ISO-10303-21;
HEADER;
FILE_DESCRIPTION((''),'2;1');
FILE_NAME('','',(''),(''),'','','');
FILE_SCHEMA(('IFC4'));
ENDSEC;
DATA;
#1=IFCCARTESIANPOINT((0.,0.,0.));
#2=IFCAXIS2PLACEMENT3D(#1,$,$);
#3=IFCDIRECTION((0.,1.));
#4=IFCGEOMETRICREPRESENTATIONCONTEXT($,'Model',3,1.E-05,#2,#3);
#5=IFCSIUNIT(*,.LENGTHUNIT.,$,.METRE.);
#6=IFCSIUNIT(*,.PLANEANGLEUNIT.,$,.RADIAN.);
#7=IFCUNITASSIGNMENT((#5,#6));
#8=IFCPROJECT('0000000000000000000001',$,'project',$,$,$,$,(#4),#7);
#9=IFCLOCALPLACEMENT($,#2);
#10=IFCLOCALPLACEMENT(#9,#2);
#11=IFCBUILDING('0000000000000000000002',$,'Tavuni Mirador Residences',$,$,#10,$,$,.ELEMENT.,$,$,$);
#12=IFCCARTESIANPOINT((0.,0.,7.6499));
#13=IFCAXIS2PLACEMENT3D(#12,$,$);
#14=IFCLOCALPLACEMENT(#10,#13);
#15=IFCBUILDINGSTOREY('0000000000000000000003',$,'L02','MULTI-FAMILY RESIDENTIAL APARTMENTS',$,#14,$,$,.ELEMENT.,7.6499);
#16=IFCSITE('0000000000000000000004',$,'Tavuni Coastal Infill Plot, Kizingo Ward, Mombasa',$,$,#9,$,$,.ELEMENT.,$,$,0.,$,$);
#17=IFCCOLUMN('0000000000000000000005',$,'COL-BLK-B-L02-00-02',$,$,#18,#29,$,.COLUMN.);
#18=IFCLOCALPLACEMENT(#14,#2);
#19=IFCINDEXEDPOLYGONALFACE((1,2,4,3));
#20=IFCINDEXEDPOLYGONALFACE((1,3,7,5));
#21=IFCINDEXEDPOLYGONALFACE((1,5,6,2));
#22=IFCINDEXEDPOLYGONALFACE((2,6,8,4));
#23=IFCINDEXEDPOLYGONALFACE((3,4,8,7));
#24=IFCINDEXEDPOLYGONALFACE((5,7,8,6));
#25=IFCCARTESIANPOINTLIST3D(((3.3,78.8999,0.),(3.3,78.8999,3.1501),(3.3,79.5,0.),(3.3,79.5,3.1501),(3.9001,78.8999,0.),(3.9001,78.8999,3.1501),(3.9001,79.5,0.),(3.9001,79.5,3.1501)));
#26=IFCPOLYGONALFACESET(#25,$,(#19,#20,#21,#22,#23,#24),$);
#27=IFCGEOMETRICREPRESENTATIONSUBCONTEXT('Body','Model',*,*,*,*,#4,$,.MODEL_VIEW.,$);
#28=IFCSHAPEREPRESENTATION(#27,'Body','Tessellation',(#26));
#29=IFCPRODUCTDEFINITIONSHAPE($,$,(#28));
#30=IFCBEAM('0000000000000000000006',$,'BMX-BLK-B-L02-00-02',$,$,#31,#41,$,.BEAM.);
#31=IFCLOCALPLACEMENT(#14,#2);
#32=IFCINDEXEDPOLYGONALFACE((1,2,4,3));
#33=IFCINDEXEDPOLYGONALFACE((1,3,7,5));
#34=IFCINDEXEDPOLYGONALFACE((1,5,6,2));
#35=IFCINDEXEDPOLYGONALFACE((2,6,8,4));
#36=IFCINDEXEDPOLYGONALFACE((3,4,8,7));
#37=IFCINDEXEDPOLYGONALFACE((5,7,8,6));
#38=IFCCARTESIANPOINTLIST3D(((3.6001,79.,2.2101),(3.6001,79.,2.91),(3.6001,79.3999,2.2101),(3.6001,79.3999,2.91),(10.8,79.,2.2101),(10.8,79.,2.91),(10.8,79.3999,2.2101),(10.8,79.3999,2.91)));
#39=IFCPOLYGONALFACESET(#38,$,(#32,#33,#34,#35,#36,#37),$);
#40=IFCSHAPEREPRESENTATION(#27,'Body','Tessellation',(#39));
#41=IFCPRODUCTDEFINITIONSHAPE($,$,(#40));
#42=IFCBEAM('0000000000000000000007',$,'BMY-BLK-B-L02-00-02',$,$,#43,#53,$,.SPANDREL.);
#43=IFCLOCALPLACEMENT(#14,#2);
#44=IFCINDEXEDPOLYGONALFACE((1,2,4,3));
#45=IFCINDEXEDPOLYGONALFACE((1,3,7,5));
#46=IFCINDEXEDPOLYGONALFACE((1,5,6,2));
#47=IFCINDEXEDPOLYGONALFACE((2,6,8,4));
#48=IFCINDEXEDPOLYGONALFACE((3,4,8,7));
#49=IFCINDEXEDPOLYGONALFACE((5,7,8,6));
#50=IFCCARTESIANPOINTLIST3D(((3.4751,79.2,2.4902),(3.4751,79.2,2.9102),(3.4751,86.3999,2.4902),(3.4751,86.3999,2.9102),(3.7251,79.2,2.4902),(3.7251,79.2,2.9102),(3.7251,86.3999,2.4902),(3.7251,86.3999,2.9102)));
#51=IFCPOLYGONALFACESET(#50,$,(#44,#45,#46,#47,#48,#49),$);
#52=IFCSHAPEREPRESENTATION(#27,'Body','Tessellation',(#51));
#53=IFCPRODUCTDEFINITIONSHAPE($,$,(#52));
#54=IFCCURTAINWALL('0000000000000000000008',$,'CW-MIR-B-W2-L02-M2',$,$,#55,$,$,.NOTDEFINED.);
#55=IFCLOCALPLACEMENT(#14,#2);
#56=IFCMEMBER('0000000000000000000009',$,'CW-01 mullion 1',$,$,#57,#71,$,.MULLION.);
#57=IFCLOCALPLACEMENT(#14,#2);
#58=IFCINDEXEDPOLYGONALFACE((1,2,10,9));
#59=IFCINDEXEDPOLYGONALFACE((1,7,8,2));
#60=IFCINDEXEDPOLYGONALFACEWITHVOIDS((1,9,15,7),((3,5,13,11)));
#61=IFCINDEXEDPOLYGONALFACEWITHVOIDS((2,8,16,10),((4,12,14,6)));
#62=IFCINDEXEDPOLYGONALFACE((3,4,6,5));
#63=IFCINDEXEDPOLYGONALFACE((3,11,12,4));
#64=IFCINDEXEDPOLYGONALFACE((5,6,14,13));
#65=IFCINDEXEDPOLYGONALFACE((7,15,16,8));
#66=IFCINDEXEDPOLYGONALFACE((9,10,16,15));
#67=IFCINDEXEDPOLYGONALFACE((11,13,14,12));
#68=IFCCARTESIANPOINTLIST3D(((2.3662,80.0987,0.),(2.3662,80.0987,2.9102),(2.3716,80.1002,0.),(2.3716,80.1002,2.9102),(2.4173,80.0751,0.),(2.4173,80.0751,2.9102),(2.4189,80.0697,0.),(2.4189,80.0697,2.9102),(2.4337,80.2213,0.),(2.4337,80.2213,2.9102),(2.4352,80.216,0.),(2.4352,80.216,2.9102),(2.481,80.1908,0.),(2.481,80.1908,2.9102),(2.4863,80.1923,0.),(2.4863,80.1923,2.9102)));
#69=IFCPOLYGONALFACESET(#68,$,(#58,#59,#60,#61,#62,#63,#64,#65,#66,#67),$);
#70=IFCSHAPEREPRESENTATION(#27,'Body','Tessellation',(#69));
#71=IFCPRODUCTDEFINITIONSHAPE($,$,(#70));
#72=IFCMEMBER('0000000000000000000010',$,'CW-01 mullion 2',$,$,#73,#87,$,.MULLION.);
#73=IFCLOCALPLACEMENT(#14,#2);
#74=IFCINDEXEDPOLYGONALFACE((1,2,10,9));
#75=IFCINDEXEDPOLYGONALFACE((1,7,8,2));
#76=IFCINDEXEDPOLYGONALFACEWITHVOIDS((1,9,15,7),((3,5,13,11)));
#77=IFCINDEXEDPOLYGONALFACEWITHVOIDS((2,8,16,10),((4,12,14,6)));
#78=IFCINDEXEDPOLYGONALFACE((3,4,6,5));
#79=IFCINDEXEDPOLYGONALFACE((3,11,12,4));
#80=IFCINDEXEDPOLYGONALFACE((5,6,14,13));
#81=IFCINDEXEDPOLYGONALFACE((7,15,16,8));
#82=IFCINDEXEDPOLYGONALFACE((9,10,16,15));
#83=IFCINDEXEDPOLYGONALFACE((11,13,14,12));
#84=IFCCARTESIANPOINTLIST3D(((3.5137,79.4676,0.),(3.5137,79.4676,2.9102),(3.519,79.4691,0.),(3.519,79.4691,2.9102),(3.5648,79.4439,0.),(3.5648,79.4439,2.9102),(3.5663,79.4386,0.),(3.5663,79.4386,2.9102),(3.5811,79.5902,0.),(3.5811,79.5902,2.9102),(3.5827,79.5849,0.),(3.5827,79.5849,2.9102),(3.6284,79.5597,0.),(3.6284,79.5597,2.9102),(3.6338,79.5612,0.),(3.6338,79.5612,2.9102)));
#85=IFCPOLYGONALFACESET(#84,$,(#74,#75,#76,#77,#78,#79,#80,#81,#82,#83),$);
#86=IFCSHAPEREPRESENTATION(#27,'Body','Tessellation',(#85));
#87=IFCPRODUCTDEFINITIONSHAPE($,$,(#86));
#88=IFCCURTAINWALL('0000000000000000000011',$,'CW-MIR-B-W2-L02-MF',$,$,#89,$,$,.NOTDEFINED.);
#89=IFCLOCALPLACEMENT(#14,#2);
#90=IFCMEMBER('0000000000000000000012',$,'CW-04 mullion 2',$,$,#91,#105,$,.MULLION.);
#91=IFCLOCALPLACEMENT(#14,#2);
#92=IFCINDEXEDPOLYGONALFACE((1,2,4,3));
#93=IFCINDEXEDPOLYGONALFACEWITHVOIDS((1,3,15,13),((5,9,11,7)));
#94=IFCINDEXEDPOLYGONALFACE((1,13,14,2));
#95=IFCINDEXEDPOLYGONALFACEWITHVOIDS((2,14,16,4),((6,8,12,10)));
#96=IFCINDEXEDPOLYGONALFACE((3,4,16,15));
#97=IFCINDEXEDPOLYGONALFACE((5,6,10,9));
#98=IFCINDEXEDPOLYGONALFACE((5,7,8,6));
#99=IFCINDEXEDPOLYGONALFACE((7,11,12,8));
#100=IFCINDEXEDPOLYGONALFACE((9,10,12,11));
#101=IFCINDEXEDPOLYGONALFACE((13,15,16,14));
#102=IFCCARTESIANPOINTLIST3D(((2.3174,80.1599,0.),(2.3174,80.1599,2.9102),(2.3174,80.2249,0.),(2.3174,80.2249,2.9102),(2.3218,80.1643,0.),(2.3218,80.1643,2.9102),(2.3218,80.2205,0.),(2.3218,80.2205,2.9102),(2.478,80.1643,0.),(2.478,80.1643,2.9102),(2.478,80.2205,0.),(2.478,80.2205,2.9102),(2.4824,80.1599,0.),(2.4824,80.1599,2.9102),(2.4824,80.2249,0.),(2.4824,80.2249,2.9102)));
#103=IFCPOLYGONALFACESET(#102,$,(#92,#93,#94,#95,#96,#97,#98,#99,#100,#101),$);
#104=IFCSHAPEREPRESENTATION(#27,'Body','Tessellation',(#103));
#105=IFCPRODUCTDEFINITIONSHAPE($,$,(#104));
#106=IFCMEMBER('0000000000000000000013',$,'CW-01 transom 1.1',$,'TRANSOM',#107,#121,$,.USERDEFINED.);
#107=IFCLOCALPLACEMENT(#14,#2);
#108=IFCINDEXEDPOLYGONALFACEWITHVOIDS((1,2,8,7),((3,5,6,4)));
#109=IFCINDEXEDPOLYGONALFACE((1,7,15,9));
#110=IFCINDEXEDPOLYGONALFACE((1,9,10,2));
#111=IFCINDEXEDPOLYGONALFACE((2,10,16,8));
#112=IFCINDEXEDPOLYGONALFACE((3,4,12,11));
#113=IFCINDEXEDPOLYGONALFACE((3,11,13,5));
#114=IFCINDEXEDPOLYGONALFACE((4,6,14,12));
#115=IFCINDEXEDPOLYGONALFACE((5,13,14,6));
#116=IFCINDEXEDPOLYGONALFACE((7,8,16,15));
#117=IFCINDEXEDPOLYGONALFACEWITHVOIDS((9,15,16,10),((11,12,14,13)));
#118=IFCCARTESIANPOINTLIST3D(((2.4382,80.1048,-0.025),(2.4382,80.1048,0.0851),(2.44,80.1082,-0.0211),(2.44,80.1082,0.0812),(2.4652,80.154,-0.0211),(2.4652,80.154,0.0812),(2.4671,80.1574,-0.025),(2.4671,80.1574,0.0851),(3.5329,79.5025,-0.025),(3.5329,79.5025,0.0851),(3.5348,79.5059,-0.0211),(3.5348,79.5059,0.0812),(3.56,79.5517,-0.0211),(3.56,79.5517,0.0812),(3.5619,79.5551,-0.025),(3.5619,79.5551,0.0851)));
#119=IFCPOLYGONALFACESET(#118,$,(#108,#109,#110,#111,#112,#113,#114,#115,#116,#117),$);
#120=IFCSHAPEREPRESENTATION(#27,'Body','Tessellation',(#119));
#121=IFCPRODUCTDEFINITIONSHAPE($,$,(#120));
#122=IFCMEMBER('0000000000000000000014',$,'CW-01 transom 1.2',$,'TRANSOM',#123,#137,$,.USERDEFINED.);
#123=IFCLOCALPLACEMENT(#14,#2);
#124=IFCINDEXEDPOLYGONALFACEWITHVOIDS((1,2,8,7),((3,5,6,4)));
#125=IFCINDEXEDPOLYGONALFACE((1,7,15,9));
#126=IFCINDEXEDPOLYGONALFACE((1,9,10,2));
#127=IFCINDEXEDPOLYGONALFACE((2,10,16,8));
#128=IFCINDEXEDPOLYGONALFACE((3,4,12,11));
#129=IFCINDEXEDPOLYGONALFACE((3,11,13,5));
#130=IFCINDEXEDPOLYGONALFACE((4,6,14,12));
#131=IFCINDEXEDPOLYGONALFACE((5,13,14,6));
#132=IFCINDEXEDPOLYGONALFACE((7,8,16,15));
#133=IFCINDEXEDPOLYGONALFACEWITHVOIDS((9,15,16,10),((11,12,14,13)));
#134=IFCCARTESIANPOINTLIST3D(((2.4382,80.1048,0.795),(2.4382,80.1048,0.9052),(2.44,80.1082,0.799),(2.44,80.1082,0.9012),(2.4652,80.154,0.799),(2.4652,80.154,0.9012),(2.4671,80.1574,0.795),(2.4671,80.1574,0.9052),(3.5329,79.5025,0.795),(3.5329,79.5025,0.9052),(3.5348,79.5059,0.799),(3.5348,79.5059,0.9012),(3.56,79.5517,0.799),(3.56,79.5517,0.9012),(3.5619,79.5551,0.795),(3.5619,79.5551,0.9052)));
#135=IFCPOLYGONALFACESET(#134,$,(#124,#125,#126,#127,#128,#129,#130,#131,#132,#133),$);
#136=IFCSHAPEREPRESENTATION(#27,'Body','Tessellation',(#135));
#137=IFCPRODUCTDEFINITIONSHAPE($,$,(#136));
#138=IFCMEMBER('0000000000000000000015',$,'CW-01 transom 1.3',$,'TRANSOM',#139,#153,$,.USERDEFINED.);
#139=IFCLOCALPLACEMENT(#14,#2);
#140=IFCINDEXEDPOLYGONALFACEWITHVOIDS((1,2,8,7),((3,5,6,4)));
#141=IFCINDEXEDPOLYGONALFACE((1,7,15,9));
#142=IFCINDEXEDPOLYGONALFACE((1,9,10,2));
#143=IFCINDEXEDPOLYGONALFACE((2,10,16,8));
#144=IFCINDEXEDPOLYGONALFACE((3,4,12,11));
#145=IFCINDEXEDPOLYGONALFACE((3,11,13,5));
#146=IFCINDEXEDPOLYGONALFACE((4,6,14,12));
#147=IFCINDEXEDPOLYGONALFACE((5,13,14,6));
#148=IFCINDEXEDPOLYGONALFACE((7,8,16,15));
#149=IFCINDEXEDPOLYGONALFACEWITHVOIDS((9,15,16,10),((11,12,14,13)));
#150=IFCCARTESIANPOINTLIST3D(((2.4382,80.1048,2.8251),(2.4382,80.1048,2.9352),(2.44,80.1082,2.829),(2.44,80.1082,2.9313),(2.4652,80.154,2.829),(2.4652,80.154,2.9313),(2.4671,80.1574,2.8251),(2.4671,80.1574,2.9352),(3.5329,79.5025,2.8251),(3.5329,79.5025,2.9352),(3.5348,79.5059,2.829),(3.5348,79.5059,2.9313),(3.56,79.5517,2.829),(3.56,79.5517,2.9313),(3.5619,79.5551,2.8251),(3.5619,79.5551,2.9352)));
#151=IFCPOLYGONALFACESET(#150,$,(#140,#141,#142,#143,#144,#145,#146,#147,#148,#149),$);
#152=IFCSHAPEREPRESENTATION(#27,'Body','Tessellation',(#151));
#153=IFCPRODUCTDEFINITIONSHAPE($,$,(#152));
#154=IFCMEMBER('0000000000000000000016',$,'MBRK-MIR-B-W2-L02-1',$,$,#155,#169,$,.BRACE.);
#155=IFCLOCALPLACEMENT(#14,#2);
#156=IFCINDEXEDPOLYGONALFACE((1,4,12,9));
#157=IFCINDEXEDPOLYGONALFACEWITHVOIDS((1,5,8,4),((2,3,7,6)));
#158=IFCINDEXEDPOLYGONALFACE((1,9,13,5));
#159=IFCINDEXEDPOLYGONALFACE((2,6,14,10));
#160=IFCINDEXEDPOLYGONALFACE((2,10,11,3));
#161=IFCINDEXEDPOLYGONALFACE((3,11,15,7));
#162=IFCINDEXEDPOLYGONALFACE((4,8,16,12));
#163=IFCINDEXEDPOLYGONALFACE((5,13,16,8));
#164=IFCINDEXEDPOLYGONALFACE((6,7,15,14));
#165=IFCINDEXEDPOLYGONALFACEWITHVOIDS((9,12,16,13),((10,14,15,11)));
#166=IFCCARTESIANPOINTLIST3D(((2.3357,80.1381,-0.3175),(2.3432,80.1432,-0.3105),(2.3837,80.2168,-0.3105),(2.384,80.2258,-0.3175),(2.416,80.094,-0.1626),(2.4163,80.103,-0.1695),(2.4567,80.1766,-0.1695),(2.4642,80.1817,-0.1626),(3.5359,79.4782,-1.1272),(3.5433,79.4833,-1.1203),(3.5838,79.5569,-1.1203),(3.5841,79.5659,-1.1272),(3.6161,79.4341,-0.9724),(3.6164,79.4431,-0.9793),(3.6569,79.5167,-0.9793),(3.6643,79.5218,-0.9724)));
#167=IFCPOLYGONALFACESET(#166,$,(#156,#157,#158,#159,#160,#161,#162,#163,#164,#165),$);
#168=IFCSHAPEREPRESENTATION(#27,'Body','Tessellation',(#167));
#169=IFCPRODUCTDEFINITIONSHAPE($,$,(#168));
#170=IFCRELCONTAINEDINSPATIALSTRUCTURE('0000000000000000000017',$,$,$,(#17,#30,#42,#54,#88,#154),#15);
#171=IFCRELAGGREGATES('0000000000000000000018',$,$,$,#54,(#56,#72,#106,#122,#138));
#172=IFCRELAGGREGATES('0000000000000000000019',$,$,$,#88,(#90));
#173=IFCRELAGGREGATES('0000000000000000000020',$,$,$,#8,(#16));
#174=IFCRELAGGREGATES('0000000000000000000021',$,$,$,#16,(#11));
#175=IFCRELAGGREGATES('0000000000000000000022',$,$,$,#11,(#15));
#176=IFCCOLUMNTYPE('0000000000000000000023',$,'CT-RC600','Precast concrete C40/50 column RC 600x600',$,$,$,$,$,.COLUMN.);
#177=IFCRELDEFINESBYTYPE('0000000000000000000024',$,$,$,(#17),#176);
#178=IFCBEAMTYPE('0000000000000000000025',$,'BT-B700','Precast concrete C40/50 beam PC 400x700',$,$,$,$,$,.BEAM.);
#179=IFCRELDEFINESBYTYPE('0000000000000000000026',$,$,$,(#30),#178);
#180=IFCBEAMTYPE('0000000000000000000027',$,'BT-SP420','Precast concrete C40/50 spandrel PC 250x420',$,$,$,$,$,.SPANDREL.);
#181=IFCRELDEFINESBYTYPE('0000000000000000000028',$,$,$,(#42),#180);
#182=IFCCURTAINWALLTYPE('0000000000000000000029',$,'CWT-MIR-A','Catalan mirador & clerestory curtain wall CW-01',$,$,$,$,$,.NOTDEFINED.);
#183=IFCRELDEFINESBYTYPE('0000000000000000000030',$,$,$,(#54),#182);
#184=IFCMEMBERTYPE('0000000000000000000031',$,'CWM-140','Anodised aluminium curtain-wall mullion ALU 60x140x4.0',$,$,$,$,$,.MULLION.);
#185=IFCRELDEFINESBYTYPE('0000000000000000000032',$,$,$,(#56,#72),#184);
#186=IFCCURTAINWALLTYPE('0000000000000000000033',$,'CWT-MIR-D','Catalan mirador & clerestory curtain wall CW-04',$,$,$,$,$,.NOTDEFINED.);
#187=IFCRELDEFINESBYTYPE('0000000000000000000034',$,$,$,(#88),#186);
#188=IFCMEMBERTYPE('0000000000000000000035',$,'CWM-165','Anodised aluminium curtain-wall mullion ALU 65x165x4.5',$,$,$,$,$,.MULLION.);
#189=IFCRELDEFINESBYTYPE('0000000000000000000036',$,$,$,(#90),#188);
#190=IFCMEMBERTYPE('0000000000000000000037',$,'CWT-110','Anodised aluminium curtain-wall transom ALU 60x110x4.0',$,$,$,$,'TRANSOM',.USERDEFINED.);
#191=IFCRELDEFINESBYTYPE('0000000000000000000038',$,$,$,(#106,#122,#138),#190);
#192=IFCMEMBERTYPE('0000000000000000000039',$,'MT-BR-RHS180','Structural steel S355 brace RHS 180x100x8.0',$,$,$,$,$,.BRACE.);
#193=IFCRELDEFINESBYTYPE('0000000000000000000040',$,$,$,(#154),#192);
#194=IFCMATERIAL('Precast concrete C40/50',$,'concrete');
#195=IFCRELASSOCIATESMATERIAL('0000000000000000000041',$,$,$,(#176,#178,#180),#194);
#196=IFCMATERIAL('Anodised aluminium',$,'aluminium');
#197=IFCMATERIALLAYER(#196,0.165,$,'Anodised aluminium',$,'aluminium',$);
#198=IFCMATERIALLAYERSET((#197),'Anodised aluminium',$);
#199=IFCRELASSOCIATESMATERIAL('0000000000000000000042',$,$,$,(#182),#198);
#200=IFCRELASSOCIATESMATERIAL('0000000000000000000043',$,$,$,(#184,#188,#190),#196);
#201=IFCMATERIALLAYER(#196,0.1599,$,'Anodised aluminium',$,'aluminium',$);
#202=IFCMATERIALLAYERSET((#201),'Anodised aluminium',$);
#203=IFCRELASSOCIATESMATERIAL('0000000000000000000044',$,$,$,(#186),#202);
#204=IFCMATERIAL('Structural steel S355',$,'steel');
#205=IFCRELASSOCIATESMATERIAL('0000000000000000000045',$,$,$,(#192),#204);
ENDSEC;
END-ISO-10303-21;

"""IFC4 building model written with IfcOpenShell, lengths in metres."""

from ifc_helpers import new_model, si_unit, direction, frame, origin, origin_2d, place, context, subcontext, project, spatial, rectangle, hollow_rectangle, extrude, material, layer, layer_set, material_profile, profile_set, type_object, element, aggregate, save


model = new_model("IFC4")

# Units and contexts
model_context = context("Model", 3, precision=1e-05, world=origin(), true_north=direction((0.0, 1.0)))
body_context = subcontext(model_context, "Body", "Model", "MODEL_VIEW")
ifc_project = project(units=[si_unit("LENGTHUNIT", "METRE"), si_unit("PLANEANGLEUNIT", "RADIAN")], contexts=[model_context])

# Site, building, storey
site_placement = place(None, origin())
site = spatial("IfcSite", under=ifc_project, at=site_placement, Name="Tavuni Coastal Infill Plot, Kizingo Ward, Mombasa", CompositionType="ELEMENT", RefElevation=0.0)
building_placement = place(site_placement, origin())
building = spatial("IfcBuilding", under=site, at=building_placement, Name="Tavuni Mirador Residences", CompositionType="ELEMENT")
storey_placement = place(building_placement, frame((0.0, 0.0, 7.6499)))
storey = spatial("IfcBuildingStorey", under=building, at=storey_placement, Name="L02", Description="MULTI-FAMILY RESIDENTIAL APARTMENTS", CompositionType="ELEMENT", Elevation=7.6499)

# Column
ifc_material_1 = material(Name="Precast concrete C40/50", Category="concrete")
ifc_material_profile_1 = material_profile(ifc_material_1, rectangle(XDim=0.6001, YDim=0.6001, at=origin_2d()), Name="RC 600x600", Category="concrete")
ifc_profile_set_1 = profile_set([ifc_material_profile_1], Name="Precast concrete C40/50")
column_type = type_object("IfcColumnType", Name="CT-RC600", Description="Precast concrete C40/50 column RC 600x600", PredefinedType="COLUMN", material=ifc_profile_set_1)
column_placement = place(storey_placement, frame((3.6001, 79.2, 0.0), z_axis=(0.0, 0.0, 1.0), x_axis=(1.0, 0.0, 0.0)))
element("IfcColumn", 1, at=column_placement, inside=storey, type_object=column_type, Name="COL-BLK-B-L02-00-02", PredefinedType="COLUMN", context=body_context, shape_type="SweptSolid", body=[
    extrude(rectangle(XDim=0.6001, YDim=0.6001, at=origin_2d()), origin(), (0.0, 0.0, 1.0), 3.1501),
])

# Beams
ifc_material_profile_2 = material_profile(ifc_material_1, rectangle(XDim=0.3999, YDim=0.7, at=origin_2d()), Name="PC 400x700", Category="concrete")
ifc_profile_set_2 = profile_set([ifc_material_profile_2], Name="Precast concrete C40/50")
beam_type_1 = type_object("IfcBeamType", Name="BT-B700", Description="Precast concrete C40/50 beam PC 400x700", PredefinedType="BEAM", material=ifc_profile_set_2)
beam_1_placement = place(storey_placement, frame((3.6001, 79.2, 2.5601), z_axis=(1.0, 0.0, 0.0), x_axis=(0.0, 1.0, 0.0)))
element("IfcBeam", 2, at=beam_1_placement, inside=storey, type_object=beam_type_1, Name="BMX-BLK-B-L02-00-02", PredefinedType="BEAM", context=body_context, shape_type="SweptSolid", body=[
    extrude(rectangle(XDim=0.3999, YDim=0.7, at=origin_2d()), origin(), (0.0, 0.0, 1.0), 7.2),
])
ifc_material_profile_3 = material_profile(ifc_material_1, rectangle(XDim=0.25, YDim=0.4199, at=origin_2d()), Name="PC 250x420", Category="concrete")
ifc_profile_set_3 = profile_set([ifc_material_profile_3], Name="Precast concrete C40/50")
beam_type_2 = type_object("IfcBeamType", Name="BT-SP420", Description="Precast concrete C40/50 spandrel PC 250x420", PredefinedType="SPANDREL", material=ifc_profile_set_3)
beam_2_placement = place(storey_placement, frame((3.6001, 79.2, 2.7002), z_axis=(0.0, 1.0, 0.0), x_axis=(-1.0, 0.0, 0.0)))
element("IfcBeam", 3, at=beam_2_placement, inside=storey, type_object=beam_type_2, Name="BMY-BLK-B-L02-00-02", PredefinedType="SPANDREL", context=body_context, shape_type="SweptSolid", body=[
    extrude(rectangle(XDim=0.25, YDim=0.4199, at=origin_2d()), origin(), (0.0, 0.0, 1.0), 7.2),
])

# Curtain wall, members
ifc_material_2 = material(Name="Anodised aluminium", Category="aluminium")
ifc_layer_1 = layer(ifc_material_2, 0.165, Name="Anodised aluminium", Category="aluminium")
ifc_layer_set_1 = layer_set([ifc_layer_1], Name="Anodised aluminium")
curtain_wall_type_1 = type_object("IfcCurtainWallType", Name="CWT-MIR-A", Description="Catalan mirador & clerestory curtain wall CW-01", PredefinedType="NOTDEFINED", material=ifc_layer_set_1)
curtain_wall_1_placement = place(storey_placement, origin())
curtain_wall_1 = element("IfcCurtainWall", 4, at=curtain_wall_1_placement, inside=storey, type_object=curtain_wall_type_1, Name="CW-MIR-B-W2-L02-M2", PredefinedType="NOTDEFINED")
ifc_material_profile_4 = material_profile(ifc_material_2, hollow_rectangle(XDim=0.0601, YDim=0.1399, WallThickness=0.0039, at=origin_2d()), Name="ALU 60x140x4.0", Category="aluminium")
ifc_profile_set_4 = profile_set([ifc_material_profile_4], Name="Anodised aluminium")
member_type_1 = type_object("IfcMemberType", Name="CWM-140", Description="Anodised aluminium curtain-wall mullion ALU 60x140x4.0", PredefinedType="MULLION", material=ifc_profile_set_4)
member_1_placement = place(storey_placement, frame((2.4263, 80.1455, 0.0), z_axis=(0.0, 0.0, 1.0), x_axis=(0.876216, -0.481919, 0.0)))
member_1 = element("IfcMember", 5, at=member_1_placement, type_object=member_type_1, Name="CW-01 mullion 1", PredefinedType="MULLION", context=body_context, shape_type="SweptSolid", body=[
    extrude(hollow_rectangle(XDim=0.0601, YDim=0.1399, WallThickness=0.0039, at=origin_2d()), origin(), (0.0, 0.0, 1.0), 2.9102),
])
member_2_placement = place(storey_placement, frame((3.5737, 79.5144, 0.0), z_axis=(0.0, 0.0, 1.0), x_axis=(0.876216, -0.481919, 0.0)))
member_2 = element("IfcMember", 6, at=member_2_placement, type_object=member_type_1, Name="CW-01 mullion 2", PredefinedType="MULLION", context=body_context, shape_type="SweptSolid", body=[
    extrude(hollow_rectangle(XDim=0.0601, YDim=0.1399, WallThickness=0.0039, at=origin_2d()), origin(), (0.0, 0.0, 1.0), 2.9102),
])

# Curtain wall, member
ifc_layer_2 = layer(ifc_material_2, 0.1599, Name="Anodised aluminium", Category="aluminium")
ifc_layer_set_2 = layer_set([ifc_layer_2], Name="Anodised aluminium")
curtain_wall_type_2 = type_object("IfcCurtainWallType", Name="CWT-MIR-D", Description="Catalan mirador & clerestory curtain wall CW-04", PredefinedType="NOTDEFINED", material=ifc_layer_set_2)
curtain_wall_2_placement = place(storey_placement, origin())
curtain_wall_2 = element("IfcCurtainWall", 7, at=curtain_wall_2_placement, inside=storey, type_object=curtain_wall_type_2, Name="CW-MIR-B-W2-L02-MF", PredefinedType="NOTDEFINED")
ifc_material_profile_5 = material_profile(ifc_material_2, hollow_rectangle(XDim=0.0649, YDim=0.165, WallThickness=0.0044, at=origin_2d()), Name="ALU 65x165x4.5", Category="aluminium")
ifc_profile_set_5 = profile_set([ifc_material_profile_5], Name="Anodised aluminium")
member_type_2 = type_object("IfcMemberType", Name="CWM-165", Description="Anodised aluminium curtain-wall mullion ALU 65x165x4.5", PredefinedType="MULLION", material=ifc_profile_set_5)
member_3_placement = place(storey_placement, frame((2.3999, 80.1924, 0.0), z_axis=(0.0, 0.0, 1.0), x_axis=(0.0, -1.0, 0.0)))
member_3 = element("IfcMember", 8, at=member_3_placement, type_object=member_type_2, Name="CW-04 mullion 2", PredefinedType="MULLION", context=body_context, shape_type="SweptSolid", body=[
    extrude(hollow_rectangle(XDim=0.0649, YDim=0.165, WallThickness=0.0044, at=origin_2d()), origin(), (0.0, 0.0, 1.0), 2.9102),
])

# Members
ifc_material_profile_6 = material_profile(ifc_material_2, hollow_rectangle(XDim=0.0601, YDim=0.1101, WallThickness=0.0039, at=origin_2d()), Name="ALU 60x110x4.0", Category="aluminium")
ifc_profile_set_6 = profile_set([ifc_material_profile_6], Name="Anodised aluminium")
member_type_3 = type_object("IfcMemberType", Name="CWT-110", Description="Anodised aluminium curtain-wall transom ALU 60x110x4.0", ElementType="TRANSOM", PredefinedType="USERDEFINED", material=ifc_profile_set_6)
member_4_placement = place(storey_placement, frame((2.4526, 80.1311, 0.03), z_axis=(0.87615, -0.482039, 0.0), x_axis=(0.482039, 0.87615, 0.0)))
member_4 = element("IfcMember", 9, at=member_4_placement, type_object=member_type_3, Name="CW-01 transom 1.1", ObjectType="TRANSOM", PredefinedType="USERDEFINED", context=body_context, shape_type="SweptSolid", body=[
    extrude(hollow_rectangle(XDim=0.0601, YDim=0.1101, WallThickness=0.0039, at=origin_2d()), origin(), (0.0, 0.0, 1.0), 1.2495),
])
member_5_placement = place(storey_placement, frame((2.4526, 80.1311, 0.8501), z_axis=(0.87615, -0.482039, 0.0), x_axis=(0.482039, 0.87615, 0.0)))
member_5 = element("IfcMember", 10, at=member_5_placement, type_object=member_type_3, Name="CW-01 transom 1.2", ObjectType="TRANSOM", PredefinedType="USERDEFINED", context=body_context, shape_type="SweptSolid", body=[
    extrude(hollow_rectangle(XDim=0.0601, YDim=0.1101, WallThickness=0.0039, at=origin_2d()), origin(), (0.0, 0.0, 1.0), 1.2495),
])
member_6_placement = place(storey_placement, frame((2.4526, 80.1311, 2.8801), z_axis=(0.87615, -0.482039, 0.0), x_axis=(0.482039, 0.87615, 0.0)))
member_6 = element("IfcMember", 11, at=member_6_placement, type_object=member_type_3, Name="CW-01 transom 1.3", ObjectType="TRANSOM", PredefinedType="USERDEFINED", context=body_context, shape_type="SweptSolid", body=[
    extrude(hollow_rectangle(XDim=0.0601, YDim=0.1101, WallThickness=0.0039, at=origin_2d()), origin(), (0.0, 0.0, 1.0), 1.2495),
])

# Member
ifc_material_3 = material(Name="Structural steel S355", Category="steel")
ifc_material_profile_7 = material_profile(ifc_material_3, hollow_rectangle(XDim=0.1001, YDim=0.1799, WallThickness=0.0081, at=origin_2d()), Name="RHS 180x100x8.0", Category="steel")
ifc_profile_set_7 = profile_set([ifc_material_profile_7], Name="Structural steel S355")
member_type_4 = type_object("IfcMemberType", Name="MT-BR-RHS180", Description="Structural steel S355 brace RHS 180x100x8.0", PredefinedType="BRACE", material=ifc_profile_set_7)
member_7_placement = place(storey_placement, frame((3.6001, 79.5, -1.0498), z_axis=(-0.754295, 0.41474, 0.50895), x_axis=(-0.481809, -0.876276, 0.0)))
element("IfcMember", 12, at=member_7_placement, inside=storey, type_object=member_type_4, Name="MBRK-MIR-B-W2-L02-1", PredefinedType="BRACE", context=body_context, shape_type="SweptSolid", body=[
    extrude(hollow_rectangle(XDim=0.1001, YDim=0.1799, WallThickness=0.0081, at=origin_2d()), origin(), (0.0, 0.0, 1.0), 1.5911),
])

aggregate(curtain_wall_1, [member_1, member_2, member_4, member_5, member_6])
aggregate(curtain_wall_2, [member_3])

save(model, "model.ifc")
